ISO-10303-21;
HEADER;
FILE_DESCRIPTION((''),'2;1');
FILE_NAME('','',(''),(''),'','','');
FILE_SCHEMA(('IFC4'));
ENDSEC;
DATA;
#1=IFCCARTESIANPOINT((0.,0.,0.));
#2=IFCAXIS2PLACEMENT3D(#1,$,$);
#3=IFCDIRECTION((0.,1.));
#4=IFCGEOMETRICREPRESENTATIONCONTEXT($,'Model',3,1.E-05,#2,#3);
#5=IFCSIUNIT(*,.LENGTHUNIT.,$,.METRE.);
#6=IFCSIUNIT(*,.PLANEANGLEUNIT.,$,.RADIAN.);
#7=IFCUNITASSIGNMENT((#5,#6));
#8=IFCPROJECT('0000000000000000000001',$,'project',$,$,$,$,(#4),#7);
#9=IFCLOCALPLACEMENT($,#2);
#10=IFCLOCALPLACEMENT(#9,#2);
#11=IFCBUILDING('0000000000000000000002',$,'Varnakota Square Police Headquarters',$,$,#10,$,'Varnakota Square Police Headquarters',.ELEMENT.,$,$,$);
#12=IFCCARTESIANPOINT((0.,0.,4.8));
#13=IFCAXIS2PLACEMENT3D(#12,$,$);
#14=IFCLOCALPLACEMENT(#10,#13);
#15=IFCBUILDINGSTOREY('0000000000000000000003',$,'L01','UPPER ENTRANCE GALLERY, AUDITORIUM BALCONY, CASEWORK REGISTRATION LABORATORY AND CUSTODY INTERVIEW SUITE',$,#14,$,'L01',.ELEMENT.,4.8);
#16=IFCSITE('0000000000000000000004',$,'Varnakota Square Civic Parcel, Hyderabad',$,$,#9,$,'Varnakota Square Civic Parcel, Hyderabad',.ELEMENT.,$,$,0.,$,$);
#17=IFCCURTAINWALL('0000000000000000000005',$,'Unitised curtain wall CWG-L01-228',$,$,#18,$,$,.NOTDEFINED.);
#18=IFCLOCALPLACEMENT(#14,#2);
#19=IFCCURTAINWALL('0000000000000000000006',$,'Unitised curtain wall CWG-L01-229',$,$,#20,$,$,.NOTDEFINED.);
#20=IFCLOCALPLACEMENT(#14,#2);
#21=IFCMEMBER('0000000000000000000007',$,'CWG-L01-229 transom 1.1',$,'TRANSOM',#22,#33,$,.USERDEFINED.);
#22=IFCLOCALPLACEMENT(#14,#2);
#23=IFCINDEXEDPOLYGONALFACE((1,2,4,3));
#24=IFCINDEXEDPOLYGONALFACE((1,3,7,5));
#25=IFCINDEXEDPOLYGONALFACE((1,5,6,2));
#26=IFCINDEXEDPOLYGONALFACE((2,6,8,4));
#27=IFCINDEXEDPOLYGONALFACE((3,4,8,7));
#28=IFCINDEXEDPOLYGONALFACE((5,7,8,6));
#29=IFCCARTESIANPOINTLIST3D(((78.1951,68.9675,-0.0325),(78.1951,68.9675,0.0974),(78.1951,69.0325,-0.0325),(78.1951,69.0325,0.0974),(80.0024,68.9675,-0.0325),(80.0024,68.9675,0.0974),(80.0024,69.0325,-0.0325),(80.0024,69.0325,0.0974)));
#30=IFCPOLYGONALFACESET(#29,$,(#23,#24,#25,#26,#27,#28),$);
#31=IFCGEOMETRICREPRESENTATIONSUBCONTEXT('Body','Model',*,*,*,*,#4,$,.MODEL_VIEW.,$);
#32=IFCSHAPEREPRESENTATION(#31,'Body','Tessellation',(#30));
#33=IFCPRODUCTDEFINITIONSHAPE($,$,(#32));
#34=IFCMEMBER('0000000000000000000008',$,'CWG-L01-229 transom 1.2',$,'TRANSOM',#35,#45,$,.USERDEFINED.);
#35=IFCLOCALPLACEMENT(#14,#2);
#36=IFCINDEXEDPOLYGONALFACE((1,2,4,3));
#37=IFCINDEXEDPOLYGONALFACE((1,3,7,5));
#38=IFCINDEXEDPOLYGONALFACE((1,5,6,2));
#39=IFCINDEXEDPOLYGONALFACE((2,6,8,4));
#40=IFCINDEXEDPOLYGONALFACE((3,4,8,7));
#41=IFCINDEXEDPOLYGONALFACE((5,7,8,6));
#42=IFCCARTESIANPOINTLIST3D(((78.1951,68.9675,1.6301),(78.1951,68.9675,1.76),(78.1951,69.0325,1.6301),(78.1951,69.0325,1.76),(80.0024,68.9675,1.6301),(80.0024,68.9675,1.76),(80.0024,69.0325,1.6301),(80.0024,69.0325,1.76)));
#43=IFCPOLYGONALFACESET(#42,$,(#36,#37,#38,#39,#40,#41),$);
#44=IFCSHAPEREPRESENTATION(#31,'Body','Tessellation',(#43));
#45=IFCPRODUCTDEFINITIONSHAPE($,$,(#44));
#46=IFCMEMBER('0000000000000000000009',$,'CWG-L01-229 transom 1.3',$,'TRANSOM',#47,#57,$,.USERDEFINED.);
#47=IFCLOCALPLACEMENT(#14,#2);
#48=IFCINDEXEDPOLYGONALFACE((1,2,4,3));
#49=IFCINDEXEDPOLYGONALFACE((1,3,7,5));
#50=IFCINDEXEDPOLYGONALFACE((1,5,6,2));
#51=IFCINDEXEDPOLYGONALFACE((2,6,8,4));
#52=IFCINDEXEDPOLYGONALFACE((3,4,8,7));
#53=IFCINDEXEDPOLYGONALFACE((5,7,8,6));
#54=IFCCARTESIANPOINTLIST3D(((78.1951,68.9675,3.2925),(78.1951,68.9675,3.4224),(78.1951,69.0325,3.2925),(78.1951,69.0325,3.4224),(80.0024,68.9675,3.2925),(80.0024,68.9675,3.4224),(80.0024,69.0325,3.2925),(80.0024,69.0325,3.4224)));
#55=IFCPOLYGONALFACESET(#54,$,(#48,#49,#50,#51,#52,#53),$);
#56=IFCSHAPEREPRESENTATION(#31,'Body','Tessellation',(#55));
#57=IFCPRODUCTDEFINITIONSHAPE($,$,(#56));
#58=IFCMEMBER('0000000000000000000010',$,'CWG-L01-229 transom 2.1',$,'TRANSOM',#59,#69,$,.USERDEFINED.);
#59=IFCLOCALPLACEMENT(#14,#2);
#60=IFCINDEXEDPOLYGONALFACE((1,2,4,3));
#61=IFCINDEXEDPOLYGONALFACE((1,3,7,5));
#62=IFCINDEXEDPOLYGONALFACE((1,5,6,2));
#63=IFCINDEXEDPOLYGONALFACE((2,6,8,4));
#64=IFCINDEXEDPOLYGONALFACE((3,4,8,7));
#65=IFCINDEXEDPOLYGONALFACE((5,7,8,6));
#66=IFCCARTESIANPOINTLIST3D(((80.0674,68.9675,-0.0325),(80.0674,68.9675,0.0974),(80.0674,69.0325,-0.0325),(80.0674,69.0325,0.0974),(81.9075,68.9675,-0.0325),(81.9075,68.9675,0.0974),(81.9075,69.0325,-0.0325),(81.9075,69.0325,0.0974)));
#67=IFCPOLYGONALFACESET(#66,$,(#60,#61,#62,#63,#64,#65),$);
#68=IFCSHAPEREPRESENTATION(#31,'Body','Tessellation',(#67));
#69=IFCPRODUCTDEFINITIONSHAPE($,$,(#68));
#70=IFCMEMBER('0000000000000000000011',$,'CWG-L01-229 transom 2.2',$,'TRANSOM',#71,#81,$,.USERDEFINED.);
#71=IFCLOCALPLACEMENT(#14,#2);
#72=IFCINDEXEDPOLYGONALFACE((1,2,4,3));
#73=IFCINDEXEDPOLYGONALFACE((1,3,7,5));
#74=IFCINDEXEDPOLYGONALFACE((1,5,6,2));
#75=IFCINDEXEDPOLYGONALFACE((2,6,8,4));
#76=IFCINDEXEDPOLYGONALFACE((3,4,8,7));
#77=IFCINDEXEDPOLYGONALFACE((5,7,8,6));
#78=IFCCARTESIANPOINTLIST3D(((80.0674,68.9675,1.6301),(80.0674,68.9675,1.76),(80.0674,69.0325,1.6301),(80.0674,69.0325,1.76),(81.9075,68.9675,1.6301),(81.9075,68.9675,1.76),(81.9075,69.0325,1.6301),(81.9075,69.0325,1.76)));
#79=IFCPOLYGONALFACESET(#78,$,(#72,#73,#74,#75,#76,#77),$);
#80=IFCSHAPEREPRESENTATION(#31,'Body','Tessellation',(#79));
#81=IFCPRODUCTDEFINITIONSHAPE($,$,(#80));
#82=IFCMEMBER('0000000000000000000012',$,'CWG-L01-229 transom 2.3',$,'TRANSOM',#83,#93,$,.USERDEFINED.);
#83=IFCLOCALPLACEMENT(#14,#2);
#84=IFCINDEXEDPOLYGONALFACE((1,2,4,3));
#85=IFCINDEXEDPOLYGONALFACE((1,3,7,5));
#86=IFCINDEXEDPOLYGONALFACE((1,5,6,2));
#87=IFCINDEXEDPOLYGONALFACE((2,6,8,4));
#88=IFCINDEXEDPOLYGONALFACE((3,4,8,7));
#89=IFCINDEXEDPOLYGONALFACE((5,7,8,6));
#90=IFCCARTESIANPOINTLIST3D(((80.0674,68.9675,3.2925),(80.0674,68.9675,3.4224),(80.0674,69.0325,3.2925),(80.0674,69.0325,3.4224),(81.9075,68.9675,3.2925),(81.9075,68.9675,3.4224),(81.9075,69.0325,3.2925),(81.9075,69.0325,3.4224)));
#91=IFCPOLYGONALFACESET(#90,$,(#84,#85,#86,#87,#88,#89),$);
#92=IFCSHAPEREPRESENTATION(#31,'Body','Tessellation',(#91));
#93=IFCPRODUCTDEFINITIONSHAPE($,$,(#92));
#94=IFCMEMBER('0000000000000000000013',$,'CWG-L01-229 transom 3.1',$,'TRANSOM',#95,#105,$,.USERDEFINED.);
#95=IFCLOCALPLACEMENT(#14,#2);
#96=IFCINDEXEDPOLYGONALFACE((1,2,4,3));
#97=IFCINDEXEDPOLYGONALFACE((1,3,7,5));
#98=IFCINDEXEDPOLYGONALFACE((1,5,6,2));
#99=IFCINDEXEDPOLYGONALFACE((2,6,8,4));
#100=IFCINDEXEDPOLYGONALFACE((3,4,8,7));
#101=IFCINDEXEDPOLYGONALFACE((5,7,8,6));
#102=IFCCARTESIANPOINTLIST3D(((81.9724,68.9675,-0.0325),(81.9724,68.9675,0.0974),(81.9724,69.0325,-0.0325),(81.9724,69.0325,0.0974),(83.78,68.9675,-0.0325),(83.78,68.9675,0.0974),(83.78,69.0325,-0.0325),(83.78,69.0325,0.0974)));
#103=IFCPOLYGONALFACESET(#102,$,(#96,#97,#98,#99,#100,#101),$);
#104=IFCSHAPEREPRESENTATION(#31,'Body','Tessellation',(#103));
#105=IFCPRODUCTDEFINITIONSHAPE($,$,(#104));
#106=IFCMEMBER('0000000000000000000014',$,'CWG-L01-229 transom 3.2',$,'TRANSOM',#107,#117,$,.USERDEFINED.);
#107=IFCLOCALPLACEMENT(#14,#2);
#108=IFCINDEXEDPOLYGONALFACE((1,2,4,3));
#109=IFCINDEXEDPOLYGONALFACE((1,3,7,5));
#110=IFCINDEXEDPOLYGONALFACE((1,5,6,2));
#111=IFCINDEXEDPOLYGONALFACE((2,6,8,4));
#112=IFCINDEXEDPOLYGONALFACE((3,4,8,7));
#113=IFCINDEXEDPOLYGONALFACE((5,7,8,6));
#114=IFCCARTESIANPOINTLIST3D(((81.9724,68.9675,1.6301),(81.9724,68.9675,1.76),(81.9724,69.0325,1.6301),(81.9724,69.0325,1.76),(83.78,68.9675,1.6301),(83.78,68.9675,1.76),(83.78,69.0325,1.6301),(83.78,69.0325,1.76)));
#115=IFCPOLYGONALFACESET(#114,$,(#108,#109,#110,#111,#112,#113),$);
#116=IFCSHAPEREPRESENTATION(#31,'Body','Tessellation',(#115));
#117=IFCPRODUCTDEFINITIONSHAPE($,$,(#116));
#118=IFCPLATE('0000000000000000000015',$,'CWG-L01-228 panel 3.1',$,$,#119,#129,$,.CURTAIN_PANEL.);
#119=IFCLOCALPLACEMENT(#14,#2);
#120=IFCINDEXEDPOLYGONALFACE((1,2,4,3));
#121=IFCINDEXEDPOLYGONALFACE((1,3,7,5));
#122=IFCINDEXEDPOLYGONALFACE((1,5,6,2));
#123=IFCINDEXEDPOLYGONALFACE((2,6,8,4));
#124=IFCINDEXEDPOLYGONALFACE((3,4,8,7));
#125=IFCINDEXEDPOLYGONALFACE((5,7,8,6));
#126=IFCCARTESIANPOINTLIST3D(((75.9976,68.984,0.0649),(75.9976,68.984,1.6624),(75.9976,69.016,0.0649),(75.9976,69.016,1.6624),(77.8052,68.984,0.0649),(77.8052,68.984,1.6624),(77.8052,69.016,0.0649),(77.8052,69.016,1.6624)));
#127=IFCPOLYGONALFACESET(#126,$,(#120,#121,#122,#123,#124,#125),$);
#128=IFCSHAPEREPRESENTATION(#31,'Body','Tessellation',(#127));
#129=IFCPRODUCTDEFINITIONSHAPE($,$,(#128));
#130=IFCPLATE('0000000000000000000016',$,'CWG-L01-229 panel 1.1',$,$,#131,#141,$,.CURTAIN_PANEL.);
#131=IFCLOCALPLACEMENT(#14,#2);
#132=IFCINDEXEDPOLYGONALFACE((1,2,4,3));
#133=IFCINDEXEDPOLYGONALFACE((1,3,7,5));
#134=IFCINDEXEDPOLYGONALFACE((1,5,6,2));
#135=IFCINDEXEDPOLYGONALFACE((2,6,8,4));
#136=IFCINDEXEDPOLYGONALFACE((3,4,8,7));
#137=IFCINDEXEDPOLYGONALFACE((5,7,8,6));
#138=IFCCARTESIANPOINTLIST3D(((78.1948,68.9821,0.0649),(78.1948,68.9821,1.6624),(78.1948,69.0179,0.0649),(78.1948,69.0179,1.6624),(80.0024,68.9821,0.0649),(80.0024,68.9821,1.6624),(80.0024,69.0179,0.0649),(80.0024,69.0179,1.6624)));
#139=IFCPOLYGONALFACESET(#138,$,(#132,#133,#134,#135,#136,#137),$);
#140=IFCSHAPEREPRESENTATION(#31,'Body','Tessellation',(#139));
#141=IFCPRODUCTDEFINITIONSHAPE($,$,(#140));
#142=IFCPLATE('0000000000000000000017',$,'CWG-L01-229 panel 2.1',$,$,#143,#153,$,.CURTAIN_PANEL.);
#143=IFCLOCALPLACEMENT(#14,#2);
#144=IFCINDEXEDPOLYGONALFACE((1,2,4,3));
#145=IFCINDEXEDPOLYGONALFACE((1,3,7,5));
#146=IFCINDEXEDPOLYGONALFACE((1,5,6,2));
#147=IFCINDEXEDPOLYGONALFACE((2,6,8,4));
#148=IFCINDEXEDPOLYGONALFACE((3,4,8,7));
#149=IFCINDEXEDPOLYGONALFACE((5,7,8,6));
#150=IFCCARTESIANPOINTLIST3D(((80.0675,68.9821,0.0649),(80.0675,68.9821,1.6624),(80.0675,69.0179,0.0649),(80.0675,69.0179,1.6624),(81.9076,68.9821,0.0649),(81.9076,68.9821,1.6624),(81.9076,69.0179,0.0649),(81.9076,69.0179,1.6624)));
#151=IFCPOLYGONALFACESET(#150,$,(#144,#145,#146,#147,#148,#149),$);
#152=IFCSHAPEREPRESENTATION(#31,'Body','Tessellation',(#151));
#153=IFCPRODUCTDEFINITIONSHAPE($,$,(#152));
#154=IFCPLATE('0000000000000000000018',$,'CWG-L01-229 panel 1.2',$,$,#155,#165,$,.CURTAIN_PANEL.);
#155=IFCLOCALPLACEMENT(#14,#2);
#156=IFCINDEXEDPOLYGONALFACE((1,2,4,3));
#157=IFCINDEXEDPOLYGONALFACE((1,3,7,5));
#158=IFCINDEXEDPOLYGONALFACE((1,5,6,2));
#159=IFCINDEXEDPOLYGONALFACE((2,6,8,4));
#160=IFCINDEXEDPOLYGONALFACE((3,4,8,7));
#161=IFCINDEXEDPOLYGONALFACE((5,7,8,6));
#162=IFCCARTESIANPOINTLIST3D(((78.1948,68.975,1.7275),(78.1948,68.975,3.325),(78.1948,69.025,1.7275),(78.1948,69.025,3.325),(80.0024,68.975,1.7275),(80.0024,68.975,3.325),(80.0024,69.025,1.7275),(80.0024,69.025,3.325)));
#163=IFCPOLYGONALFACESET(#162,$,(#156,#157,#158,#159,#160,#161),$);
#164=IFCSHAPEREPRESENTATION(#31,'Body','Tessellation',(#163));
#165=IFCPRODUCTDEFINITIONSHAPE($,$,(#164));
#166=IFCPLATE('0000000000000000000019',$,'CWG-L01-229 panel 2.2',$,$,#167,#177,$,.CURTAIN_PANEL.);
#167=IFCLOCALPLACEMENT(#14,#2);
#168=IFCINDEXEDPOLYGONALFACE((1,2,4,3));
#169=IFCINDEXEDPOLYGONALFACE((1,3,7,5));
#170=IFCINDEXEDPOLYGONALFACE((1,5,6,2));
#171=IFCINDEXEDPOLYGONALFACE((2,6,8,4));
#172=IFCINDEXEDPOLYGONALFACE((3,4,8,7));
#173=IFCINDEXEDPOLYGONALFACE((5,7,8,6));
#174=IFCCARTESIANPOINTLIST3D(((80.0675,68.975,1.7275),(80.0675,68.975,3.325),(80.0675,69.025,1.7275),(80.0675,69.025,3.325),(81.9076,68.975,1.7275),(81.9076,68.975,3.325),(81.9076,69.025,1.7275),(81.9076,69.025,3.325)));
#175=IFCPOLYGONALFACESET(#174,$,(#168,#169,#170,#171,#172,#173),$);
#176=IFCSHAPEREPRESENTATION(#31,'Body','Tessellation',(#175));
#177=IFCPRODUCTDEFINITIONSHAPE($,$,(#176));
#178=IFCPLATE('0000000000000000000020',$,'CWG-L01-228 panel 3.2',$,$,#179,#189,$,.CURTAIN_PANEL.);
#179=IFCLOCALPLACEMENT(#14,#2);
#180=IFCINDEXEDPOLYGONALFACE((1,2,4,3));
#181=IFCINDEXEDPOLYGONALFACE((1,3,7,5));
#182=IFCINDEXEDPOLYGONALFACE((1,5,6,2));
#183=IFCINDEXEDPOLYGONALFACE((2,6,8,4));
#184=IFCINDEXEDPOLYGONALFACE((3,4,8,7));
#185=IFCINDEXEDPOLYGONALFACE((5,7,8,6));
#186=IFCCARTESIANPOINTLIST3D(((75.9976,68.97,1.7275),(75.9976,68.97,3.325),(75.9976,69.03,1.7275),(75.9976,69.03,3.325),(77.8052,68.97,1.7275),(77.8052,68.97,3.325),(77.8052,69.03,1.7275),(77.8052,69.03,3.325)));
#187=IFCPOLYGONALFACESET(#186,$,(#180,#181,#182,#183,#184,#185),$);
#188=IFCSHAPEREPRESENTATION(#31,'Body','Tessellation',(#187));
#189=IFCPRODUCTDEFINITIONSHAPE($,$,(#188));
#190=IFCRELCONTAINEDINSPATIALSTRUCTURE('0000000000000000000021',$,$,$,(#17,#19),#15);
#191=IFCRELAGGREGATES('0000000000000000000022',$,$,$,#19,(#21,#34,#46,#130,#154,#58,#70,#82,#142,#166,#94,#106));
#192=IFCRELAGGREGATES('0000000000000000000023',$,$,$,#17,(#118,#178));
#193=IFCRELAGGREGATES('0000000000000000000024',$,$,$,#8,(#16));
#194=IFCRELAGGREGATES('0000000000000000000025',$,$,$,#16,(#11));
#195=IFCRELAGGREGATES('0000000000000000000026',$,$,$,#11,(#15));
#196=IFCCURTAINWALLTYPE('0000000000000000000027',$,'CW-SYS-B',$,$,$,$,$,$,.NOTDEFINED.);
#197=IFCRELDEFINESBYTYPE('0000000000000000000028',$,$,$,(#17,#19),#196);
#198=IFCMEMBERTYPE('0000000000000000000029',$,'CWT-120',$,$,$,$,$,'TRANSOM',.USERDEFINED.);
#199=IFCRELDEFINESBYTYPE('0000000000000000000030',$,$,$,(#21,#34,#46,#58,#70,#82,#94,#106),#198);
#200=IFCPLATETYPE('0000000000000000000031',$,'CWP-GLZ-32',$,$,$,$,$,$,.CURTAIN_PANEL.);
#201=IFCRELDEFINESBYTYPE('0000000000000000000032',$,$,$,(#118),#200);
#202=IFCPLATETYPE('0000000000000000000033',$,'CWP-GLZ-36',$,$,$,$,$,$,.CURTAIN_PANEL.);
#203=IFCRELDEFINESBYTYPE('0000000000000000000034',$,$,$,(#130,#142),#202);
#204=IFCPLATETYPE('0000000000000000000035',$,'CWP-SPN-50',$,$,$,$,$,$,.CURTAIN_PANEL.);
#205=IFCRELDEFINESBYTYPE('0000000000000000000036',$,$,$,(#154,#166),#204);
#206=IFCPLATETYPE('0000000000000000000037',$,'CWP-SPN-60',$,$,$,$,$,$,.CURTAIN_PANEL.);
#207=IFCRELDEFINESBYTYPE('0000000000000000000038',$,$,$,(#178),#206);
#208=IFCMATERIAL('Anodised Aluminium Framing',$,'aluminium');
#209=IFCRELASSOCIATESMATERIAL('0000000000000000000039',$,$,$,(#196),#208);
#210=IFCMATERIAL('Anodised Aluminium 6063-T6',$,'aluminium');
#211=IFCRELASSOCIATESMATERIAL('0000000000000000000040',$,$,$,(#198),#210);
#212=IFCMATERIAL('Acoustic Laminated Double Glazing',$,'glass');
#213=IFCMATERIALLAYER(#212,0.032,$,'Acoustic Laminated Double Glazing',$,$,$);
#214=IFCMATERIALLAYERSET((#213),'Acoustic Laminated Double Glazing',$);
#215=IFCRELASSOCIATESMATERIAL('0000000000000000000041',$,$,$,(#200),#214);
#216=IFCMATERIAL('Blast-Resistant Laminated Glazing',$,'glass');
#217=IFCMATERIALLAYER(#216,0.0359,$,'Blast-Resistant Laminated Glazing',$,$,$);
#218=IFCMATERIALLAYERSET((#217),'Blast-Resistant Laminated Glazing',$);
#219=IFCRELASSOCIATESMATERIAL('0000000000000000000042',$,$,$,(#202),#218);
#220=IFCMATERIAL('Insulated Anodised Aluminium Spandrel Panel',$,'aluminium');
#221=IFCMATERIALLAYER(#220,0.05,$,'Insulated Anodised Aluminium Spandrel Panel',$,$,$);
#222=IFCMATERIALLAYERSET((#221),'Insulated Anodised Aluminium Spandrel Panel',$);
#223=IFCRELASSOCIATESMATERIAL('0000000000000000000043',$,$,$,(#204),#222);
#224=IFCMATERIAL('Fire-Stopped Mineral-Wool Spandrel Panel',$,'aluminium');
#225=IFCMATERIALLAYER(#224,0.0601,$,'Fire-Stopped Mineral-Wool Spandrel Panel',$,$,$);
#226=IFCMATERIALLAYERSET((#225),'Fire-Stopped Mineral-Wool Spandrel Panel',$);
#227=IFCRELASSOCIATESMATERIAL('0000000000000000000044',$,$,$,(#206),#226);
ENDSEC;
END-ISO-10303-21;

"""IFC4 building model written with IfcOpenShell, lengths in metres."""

from ifc_helpers import new_model, si_unit, direction, frame, origin, origin_2d, place, context, subcontext, project, spatial, rectangle, extrude, material, layer, layer_set, material_profile, profile_set, type_object, element, aggregate, save


model = new_model("IFC4")

# Units and contexts
model_context = context("Model", 3, precision=1e-05, world=origin(), true_north=direction((0.0, 1.0)))
body_context = subcontext(model_context, "Body", "Model", "MODEL_VIEW")
ifc_project = project(units=[si_unit("LENGTHUNIT", "METRE"), si_unit("PLANEANGLEUNIT", "RADIAN")], contexts=[model_context])

# Site, building, storey
site_placement = place(None, origin())
site = spatial("IfcSite", under=ifc_project, at=site_placement, Name="Varnakota Square Civic Parcel, Hyderabad", LongName="Varnakota Square Civic Parcel, Hyderabad", CompositionType="ELEMENT", RefElevation=0.0)
building_placement = place(site_placement, origin())
building = spatial("IfcBuilding", under=site, at=building_placement, Name="Varnakota Square Police Headquarters", LongName="Varnakota Square Police Headquarters", CompositionType="ELEMENT")
storey_placement = place(building_placement, frame((0.0, 0.0, 4.8)))
storey = spatial("IfcBuildingStorey", under=building, at=storey_placement, Name="L01", Description="UPPER ENTRANCE GALLERY, AUDITORIUM BALCONY, CASEWORK REGISTRATION LABORATORY AND CUSTODY INTERVIEW SUITE", LongName="L01", CompositionType="ELEMENT", Elevation=4.8)

# Curtain wall
ifc_material_1 = material(Name="Anodised Aluminium Framing", Category="aluminium")
curtain_wall_type = type_object("IfcCurtainWallType", Name="CW-SYS-B", PredefinedType="NOTDEFINED", material=ifc_material_1)
curtain_wall_1_placement = place(storey_placement, origin())
curtain_wall_1 = element("IfcCurtainWall", 1, at=curtain_wall_1_placement, inside=storey, type_object=curtain_wall_type, Name="Unitised curtain wall CWG-L01-228", PredefinedType="NOTDEFINED")
ifc_material_2 = material(Name="Anodised Aluminium 6063-T6", Category="aluminium")

# Curtain wall
curtain_wall_2_placement = place(storey_placement, origin())
curtain_wall_2 = element("IfcCurtainWall", 2, at=curtain_wall_2_placement, inside=storey, type_object=curtain_wall_type, Name="Unitised curtain wall CWG-L01-229", PredefinedType="NOTDEFINED")

# Members
ifc_material_profile_1 = material_profile(ifc_material_2, rectangle(XDim=0.0649, YDim=0.1299, at=origin_2d()), Name="ALU TRANSOM 65x130")
ifc_profile_set_1 = profile_set([ifc_material_profile_1], Name="Anodised Aluminium 6063-T6")
member_type_1 = type_object("IfcMemberType", Name="CWT-120", ElementType="TRANSOM", PredefinedType="USERDEFINED", material=ifc_profile_set_1)
member_1_placement = place(storey_placement, frame((78.1951, 69.0, 0.0325), z_axis=(1.0, 0.0, 0.0), x_axis=(0.0, 1.0, 0.0)))
member_1 = element("IfcMember", 3, at=member_1_placement, type_object=member_type_1, Name="CWG-L01-229 transom 1.1", ObjectType="TRANSOM", PredefinedType="USERDEFINED", context=body_context, shape_type="SweptSolid", body=[
    extrude(rectangle(XDim=0.0649, YDim=0.1299, at=origin_2d()), origin(), (0.0, 0.0, 1.0), 1.8074),
])
member_2_placement = place(storey_placement, frame((78.1951, 69.0, 1.6951), z_axis=(1.0, 0.0, 0.0), x_axis=(0.0, 1.0, 0.0)))
member_2 = element("IfcMember", 4, at=member_2_placement, type_object=member_type_1, Name="CWG-L01-229 transom 1.2", ObjectType="TRANSOM", PredefinedType="USERDEFINED", context=body_context, shape_type="SweptSolid", body=[
    extrude(rectangle(XDim=0.0649, YDim=0.1299, at=origin_2d()), origin(), (0.0, 0.0, 1.0), 1.8074),
])
member_3_placement = place(storey_placement, frame((78.1951, 69.0, 3.3574), z_axis=(1.0, 0.0, 0.0), x_axis=(0.0, 1.0, 0.0)))
member_3 = element("IfcMember", 5, at=member_3_placement, type_object=member_type_1, Name="CWG-L01-229 transom 1.3", ObjectType="TRANSOM", PredefinedType="USERDEFINED", context=body_context, shape_type="SweptSolid", body=[
    extrude(rectangle(XDim=0.0649, YDim=0.1299, at=origin_2d()), origin(), (0.0, 0.0, 1.0), 1.8074),
])
member_4_placement = place(storey_placement, frame((80.0674, 69.0, 0.0325), z_axis=(1.0, 0.0, 0.0), x_axis=(0.0, 1.0, 0.0)))
member_4 = element("IfcMember", 6, at=member_4_placement, type_object=member_type_1, Name="CWG-L01-229 transom 2.1", ObjectType="TRANSOM", PredefinedType="USERDEFINED", context=body_context, shape_type="SweptSolid", body=[
    extrude(rectangle(XDim=0.0649, YDim=0.1299, at=origin_2d()), origin(), (0.0, 0.0, 1.0), 1.8401),
])
member_5_placement = place(storey_placement, frame((80.0674, 69.0, 1.6951), z_axis=(1.0, 0.0, 0.0), x_axis=(0.0, 1.0, 0.0)))
member_5 = element("IfcMember", 7, at=member_5_placement, type_object=member_type_1, Name="CWG-L01-229 transom 2.2", ObjectType="TRANSOM", PredefinedType="USERDEFINED", context=body_context, shape_type="SweptSolid", body=[
    extrude(rectangle(XDim=0.0649, YDim=0.1299, at=origin_2d()), origin(), (0.0, 0.0, 1.0), 1.8401),
])
member_6_placement = place(storey_placement, frame((80.0674, 69.0, 3.3574), z_axis=(1.0, 0.0, 0.0), x_axis=(0.0, 1.0, 0.0)))
member_6 = element("IfcMember", 8, at=member_6_placement, type_object=member_type_1, Name="CWG-L01-229 transom 2.3", ObjectType="TRANSOM", PredefinedType="USERDEFINED", context=body_context, shape_type="SweptSolid", body=[
    extrude(rectangle(XDim=0.0649, YDim=0.1299, at=origin_2d()), origin(), (0.0, 0.0, 1.0), 1.8401),
])
member_7_placement = place(storey_placement, frame((81.9724, 69.0, 0.0325), z_axis=(1.0, 0.0, 0.0), x_axis=(0.0, 1.0, 0.0)))
member_7 = element("IfcMember", 9, at=member_7_placement, type_object=member_type_1, Name="CWG-L01-229 transom 3.1", ObjectType="TRANSOM", PredefinedType="USERDEFINED", context=body_context, shape_type="SweptSolid", body=[
    extrude(rectangle(XDim=0.0649, YDim=0.1299, at=origin_2d()), origin(), (0.0, 0.0, 1.0), 1.8076),
])
member_8_placement = place(storey_placement, frame((81.9724, 69.0, 1.6951), z_axis=(1.0, 0.0, 0.0), x_axis=(0.0, 1.0, 0.0)))
member_8 = element("IfcMember", 10, at=member_8_placement, type_object=member_type_1, Name="CWG-L01-229 transom 3.2", ObjectType="TRANSOM", PredefinedType="USERDEFINED", context=body_context, shape_type="SweptSolid", body=[
    extrude(rectangle(XDim=0.0649, YDim=0.1299, at=origin_2d()), origin(), (0.0, 0.0, 1.0), 1.8076),
])

# Plates
ifc_material_3 = material(Name="Acoustic Laminated Double Glazing", Category="glass")
ifc_layer_1 = layer(ifc_material_3, 0.032, Name="Acoustic Laminated Double Glazing")
ifc_layer_set_1 = layer_set([ifc_layer_1], Name="Acoustic Laminated Double Glazing")
plate_type_1 = type_object("IfcPlateType", Name="CWP-GLZ-32", PredefinedType="CURTAIN_PANEL", material=ifc_layer_set_1)
plate_1_placement = place(storey_placement, frame((76.9014, 69.0, 0.0649), z_axis=(0.0, 0.0, 1.0), x_axis=(1.0, 0.0, 0.0)))
plate_1 = element("IfcPlate", 11, at=plate_1_placement, type_object=plate_type_1, Name="CWG-L01-228 panel 3.1", PredefinedType="CURTAIN_PANEL", context=body_context, shape_type="SweptSolid", body=[
    extrude(rectangle(XDim=1.8076, YDim=0.032, at=origin_2d()), origin(), (0.0, 0.0, 1.0), 1.5974),
])
ifc_material_4 = material(Name="Blast-Resistant Laminated Glazing", Category="glass")
ifc_layer_2 = layer(ifc_material_4, 0.0359, Name="Blast-Resistant Laminated Glazing")
ifc_layer_set_2 = layer_set([ifc_layer_2], Name="Blast-Resistant Laminated Glazing")
plate_type_2 = type_object("IfcPlateType", Name="CWP-GLZ-36", PredefinedType="CURTAIN_PANEL", material=ifc_layer_set_2)
plate_2_placement = place(storey_placement, frame((79.0986, 69.0, 0.0649), z_axis=(0.0, 0.0, 1.0), x_axis=(1.0, 0.0, 0.0)))
plate_2 = element("IfcPlate", 12, at=plate_2_placement, type_object=plate_type_2, Name="CWG-L01-229 panel 1.1", PredefinedType="CURTAIN_PANEL", context=body_context, shape_type="SweptSolid", body=[
    extrude(rectangle(XDim=1.8076, YDim=0.0359, at=origin_2d()), origin(), (0.0, 0.0, 1.0), 1.5974),
])
plate_3_placement = place(storey_placement, frame((80.9875, 69.0, 0.0649), z_axis=(0.0, 0.0, 1.0), x_axis=(1.0, 0.0, 0.0)))
plate_3 = element("IfcPlate", 13, at=plate_3_placement, type_object=plate_type_2, Name="CWG-L01-229 panel 2.1", PredefinedType="CURTAIN_PANEL", context=body_context, shape_type="SweptSolid", body=[
    extrude(rectangle(XDim=1.8401, YDim=0.0359, at=origin_2d()), origin(), (0.0, 0.0, 1.0), 1.5974),
])
ifc_material_5 = material(Name="Insulated Anodised Aluminium Spandrel Panel", Category="aluminium")
ifc_layer_3 = layer(ifc_material_5, 0.05, Name="Insulated Anodised Aluminium Spandrel Panel")
ifc_layer_set_3 = layer_set([ifc_layer_3], Name="Insulated Anodised Aluminium Spandrel Panel")
plate_type_3 = type_object("IfcPlateType", Name="CWP-SPN-50", PredefinedType="CURTAIN_PANEL", material=ifc_layer_set_3)
plate_4_placement = place(storey_placement, frame((79.0986, 69.0, 1.7275), z_axis=(0.0, 0.0, 1.0), x_axis=(1.0, 0.0, 0.0)))
plate_4 = element("IfcPlate", 14, at=plate_4_placement, type_object=plate_type_3, Name="CWG-L01-229 panel 1.2", PredefinedType="CURTAIN_PANEL", context=body_context, shape_type="SweptSolid", body=[
    extrude(rectangle(XDim=1.8076, YDim=0.05, at=origin_2d()), origin(), (0.0, 0.0, 1.0), 1.5974),
])
plate_5_placement = place(storey_placement, frame((80.9875, 69.0, 1.7275), z_axis=(0.0, 0.0, 1.0), x_axis=(1.0, 0.0, 0.0)))
plate_5 = element("IfcPlate", 15, at=plate_5_placement, type_object=plate_type_3, Name="CWG-L01-229 panel 2.2", PredefinedType="CURTAIN_PANEL", context=body_context, shape_type="SweptSolid", body=[
    extrude(rectangle(XDim=1.8401, YDim=0.05, at=origin_2d()), origin(), (0.0, 0.0, 1.0), 1.5974),
])
aggregate(curtain_wall_2, [member_1, member_2, member_3, plate_2, plate_4, member_4, member_5, member_6, plate_3, plate_5, member_7, member_8])
ifc_material_6 = material(Name="Fire-Stopped Mineral-Wool Spandrel Panel", Category="aluminium")
ifc_layer_4 = layer(ifc_material_6, 0.0601, Name="Fire-Stopped Mineral-Wool Spandrel Panel")
ifc_layer_set_4 = layer_set([ifc_layer_4], Name="Fire-Stopped Mineral-Wool Spandrel Panel")
plate_type_4 = type_object("IfcPlateType", Name="CWP-SPN-60", PredefinedType="CURTAIN_PANEL", material=ifc_layer_set_4)
plate_6_placement = place(storey_placement, frame((76.9014, 69.0, 1.7275), z_axis=(0.0, 0.0, 1.0), x_axis=(1.0, 0.0, 0.0)))
plate_6 = element("IfcPlate", 16, at=plate_6_placement, type_object=plate_type_4, Name="CWG-L01-228 panel 3.2", PredefinedType="CURTAIN_PANEL", context=body_context, shape_type="SweptSolid", body=[
    extrude(rectangle(XDim=1.8076, YDim=0.0601, at=origin_2d()), origin(), (0.0, 0.0, 1.0), 1.5974),
])
aggregate(curtain_wall_1, [plate_1, plate_6])

save(model, "model.ifc")
